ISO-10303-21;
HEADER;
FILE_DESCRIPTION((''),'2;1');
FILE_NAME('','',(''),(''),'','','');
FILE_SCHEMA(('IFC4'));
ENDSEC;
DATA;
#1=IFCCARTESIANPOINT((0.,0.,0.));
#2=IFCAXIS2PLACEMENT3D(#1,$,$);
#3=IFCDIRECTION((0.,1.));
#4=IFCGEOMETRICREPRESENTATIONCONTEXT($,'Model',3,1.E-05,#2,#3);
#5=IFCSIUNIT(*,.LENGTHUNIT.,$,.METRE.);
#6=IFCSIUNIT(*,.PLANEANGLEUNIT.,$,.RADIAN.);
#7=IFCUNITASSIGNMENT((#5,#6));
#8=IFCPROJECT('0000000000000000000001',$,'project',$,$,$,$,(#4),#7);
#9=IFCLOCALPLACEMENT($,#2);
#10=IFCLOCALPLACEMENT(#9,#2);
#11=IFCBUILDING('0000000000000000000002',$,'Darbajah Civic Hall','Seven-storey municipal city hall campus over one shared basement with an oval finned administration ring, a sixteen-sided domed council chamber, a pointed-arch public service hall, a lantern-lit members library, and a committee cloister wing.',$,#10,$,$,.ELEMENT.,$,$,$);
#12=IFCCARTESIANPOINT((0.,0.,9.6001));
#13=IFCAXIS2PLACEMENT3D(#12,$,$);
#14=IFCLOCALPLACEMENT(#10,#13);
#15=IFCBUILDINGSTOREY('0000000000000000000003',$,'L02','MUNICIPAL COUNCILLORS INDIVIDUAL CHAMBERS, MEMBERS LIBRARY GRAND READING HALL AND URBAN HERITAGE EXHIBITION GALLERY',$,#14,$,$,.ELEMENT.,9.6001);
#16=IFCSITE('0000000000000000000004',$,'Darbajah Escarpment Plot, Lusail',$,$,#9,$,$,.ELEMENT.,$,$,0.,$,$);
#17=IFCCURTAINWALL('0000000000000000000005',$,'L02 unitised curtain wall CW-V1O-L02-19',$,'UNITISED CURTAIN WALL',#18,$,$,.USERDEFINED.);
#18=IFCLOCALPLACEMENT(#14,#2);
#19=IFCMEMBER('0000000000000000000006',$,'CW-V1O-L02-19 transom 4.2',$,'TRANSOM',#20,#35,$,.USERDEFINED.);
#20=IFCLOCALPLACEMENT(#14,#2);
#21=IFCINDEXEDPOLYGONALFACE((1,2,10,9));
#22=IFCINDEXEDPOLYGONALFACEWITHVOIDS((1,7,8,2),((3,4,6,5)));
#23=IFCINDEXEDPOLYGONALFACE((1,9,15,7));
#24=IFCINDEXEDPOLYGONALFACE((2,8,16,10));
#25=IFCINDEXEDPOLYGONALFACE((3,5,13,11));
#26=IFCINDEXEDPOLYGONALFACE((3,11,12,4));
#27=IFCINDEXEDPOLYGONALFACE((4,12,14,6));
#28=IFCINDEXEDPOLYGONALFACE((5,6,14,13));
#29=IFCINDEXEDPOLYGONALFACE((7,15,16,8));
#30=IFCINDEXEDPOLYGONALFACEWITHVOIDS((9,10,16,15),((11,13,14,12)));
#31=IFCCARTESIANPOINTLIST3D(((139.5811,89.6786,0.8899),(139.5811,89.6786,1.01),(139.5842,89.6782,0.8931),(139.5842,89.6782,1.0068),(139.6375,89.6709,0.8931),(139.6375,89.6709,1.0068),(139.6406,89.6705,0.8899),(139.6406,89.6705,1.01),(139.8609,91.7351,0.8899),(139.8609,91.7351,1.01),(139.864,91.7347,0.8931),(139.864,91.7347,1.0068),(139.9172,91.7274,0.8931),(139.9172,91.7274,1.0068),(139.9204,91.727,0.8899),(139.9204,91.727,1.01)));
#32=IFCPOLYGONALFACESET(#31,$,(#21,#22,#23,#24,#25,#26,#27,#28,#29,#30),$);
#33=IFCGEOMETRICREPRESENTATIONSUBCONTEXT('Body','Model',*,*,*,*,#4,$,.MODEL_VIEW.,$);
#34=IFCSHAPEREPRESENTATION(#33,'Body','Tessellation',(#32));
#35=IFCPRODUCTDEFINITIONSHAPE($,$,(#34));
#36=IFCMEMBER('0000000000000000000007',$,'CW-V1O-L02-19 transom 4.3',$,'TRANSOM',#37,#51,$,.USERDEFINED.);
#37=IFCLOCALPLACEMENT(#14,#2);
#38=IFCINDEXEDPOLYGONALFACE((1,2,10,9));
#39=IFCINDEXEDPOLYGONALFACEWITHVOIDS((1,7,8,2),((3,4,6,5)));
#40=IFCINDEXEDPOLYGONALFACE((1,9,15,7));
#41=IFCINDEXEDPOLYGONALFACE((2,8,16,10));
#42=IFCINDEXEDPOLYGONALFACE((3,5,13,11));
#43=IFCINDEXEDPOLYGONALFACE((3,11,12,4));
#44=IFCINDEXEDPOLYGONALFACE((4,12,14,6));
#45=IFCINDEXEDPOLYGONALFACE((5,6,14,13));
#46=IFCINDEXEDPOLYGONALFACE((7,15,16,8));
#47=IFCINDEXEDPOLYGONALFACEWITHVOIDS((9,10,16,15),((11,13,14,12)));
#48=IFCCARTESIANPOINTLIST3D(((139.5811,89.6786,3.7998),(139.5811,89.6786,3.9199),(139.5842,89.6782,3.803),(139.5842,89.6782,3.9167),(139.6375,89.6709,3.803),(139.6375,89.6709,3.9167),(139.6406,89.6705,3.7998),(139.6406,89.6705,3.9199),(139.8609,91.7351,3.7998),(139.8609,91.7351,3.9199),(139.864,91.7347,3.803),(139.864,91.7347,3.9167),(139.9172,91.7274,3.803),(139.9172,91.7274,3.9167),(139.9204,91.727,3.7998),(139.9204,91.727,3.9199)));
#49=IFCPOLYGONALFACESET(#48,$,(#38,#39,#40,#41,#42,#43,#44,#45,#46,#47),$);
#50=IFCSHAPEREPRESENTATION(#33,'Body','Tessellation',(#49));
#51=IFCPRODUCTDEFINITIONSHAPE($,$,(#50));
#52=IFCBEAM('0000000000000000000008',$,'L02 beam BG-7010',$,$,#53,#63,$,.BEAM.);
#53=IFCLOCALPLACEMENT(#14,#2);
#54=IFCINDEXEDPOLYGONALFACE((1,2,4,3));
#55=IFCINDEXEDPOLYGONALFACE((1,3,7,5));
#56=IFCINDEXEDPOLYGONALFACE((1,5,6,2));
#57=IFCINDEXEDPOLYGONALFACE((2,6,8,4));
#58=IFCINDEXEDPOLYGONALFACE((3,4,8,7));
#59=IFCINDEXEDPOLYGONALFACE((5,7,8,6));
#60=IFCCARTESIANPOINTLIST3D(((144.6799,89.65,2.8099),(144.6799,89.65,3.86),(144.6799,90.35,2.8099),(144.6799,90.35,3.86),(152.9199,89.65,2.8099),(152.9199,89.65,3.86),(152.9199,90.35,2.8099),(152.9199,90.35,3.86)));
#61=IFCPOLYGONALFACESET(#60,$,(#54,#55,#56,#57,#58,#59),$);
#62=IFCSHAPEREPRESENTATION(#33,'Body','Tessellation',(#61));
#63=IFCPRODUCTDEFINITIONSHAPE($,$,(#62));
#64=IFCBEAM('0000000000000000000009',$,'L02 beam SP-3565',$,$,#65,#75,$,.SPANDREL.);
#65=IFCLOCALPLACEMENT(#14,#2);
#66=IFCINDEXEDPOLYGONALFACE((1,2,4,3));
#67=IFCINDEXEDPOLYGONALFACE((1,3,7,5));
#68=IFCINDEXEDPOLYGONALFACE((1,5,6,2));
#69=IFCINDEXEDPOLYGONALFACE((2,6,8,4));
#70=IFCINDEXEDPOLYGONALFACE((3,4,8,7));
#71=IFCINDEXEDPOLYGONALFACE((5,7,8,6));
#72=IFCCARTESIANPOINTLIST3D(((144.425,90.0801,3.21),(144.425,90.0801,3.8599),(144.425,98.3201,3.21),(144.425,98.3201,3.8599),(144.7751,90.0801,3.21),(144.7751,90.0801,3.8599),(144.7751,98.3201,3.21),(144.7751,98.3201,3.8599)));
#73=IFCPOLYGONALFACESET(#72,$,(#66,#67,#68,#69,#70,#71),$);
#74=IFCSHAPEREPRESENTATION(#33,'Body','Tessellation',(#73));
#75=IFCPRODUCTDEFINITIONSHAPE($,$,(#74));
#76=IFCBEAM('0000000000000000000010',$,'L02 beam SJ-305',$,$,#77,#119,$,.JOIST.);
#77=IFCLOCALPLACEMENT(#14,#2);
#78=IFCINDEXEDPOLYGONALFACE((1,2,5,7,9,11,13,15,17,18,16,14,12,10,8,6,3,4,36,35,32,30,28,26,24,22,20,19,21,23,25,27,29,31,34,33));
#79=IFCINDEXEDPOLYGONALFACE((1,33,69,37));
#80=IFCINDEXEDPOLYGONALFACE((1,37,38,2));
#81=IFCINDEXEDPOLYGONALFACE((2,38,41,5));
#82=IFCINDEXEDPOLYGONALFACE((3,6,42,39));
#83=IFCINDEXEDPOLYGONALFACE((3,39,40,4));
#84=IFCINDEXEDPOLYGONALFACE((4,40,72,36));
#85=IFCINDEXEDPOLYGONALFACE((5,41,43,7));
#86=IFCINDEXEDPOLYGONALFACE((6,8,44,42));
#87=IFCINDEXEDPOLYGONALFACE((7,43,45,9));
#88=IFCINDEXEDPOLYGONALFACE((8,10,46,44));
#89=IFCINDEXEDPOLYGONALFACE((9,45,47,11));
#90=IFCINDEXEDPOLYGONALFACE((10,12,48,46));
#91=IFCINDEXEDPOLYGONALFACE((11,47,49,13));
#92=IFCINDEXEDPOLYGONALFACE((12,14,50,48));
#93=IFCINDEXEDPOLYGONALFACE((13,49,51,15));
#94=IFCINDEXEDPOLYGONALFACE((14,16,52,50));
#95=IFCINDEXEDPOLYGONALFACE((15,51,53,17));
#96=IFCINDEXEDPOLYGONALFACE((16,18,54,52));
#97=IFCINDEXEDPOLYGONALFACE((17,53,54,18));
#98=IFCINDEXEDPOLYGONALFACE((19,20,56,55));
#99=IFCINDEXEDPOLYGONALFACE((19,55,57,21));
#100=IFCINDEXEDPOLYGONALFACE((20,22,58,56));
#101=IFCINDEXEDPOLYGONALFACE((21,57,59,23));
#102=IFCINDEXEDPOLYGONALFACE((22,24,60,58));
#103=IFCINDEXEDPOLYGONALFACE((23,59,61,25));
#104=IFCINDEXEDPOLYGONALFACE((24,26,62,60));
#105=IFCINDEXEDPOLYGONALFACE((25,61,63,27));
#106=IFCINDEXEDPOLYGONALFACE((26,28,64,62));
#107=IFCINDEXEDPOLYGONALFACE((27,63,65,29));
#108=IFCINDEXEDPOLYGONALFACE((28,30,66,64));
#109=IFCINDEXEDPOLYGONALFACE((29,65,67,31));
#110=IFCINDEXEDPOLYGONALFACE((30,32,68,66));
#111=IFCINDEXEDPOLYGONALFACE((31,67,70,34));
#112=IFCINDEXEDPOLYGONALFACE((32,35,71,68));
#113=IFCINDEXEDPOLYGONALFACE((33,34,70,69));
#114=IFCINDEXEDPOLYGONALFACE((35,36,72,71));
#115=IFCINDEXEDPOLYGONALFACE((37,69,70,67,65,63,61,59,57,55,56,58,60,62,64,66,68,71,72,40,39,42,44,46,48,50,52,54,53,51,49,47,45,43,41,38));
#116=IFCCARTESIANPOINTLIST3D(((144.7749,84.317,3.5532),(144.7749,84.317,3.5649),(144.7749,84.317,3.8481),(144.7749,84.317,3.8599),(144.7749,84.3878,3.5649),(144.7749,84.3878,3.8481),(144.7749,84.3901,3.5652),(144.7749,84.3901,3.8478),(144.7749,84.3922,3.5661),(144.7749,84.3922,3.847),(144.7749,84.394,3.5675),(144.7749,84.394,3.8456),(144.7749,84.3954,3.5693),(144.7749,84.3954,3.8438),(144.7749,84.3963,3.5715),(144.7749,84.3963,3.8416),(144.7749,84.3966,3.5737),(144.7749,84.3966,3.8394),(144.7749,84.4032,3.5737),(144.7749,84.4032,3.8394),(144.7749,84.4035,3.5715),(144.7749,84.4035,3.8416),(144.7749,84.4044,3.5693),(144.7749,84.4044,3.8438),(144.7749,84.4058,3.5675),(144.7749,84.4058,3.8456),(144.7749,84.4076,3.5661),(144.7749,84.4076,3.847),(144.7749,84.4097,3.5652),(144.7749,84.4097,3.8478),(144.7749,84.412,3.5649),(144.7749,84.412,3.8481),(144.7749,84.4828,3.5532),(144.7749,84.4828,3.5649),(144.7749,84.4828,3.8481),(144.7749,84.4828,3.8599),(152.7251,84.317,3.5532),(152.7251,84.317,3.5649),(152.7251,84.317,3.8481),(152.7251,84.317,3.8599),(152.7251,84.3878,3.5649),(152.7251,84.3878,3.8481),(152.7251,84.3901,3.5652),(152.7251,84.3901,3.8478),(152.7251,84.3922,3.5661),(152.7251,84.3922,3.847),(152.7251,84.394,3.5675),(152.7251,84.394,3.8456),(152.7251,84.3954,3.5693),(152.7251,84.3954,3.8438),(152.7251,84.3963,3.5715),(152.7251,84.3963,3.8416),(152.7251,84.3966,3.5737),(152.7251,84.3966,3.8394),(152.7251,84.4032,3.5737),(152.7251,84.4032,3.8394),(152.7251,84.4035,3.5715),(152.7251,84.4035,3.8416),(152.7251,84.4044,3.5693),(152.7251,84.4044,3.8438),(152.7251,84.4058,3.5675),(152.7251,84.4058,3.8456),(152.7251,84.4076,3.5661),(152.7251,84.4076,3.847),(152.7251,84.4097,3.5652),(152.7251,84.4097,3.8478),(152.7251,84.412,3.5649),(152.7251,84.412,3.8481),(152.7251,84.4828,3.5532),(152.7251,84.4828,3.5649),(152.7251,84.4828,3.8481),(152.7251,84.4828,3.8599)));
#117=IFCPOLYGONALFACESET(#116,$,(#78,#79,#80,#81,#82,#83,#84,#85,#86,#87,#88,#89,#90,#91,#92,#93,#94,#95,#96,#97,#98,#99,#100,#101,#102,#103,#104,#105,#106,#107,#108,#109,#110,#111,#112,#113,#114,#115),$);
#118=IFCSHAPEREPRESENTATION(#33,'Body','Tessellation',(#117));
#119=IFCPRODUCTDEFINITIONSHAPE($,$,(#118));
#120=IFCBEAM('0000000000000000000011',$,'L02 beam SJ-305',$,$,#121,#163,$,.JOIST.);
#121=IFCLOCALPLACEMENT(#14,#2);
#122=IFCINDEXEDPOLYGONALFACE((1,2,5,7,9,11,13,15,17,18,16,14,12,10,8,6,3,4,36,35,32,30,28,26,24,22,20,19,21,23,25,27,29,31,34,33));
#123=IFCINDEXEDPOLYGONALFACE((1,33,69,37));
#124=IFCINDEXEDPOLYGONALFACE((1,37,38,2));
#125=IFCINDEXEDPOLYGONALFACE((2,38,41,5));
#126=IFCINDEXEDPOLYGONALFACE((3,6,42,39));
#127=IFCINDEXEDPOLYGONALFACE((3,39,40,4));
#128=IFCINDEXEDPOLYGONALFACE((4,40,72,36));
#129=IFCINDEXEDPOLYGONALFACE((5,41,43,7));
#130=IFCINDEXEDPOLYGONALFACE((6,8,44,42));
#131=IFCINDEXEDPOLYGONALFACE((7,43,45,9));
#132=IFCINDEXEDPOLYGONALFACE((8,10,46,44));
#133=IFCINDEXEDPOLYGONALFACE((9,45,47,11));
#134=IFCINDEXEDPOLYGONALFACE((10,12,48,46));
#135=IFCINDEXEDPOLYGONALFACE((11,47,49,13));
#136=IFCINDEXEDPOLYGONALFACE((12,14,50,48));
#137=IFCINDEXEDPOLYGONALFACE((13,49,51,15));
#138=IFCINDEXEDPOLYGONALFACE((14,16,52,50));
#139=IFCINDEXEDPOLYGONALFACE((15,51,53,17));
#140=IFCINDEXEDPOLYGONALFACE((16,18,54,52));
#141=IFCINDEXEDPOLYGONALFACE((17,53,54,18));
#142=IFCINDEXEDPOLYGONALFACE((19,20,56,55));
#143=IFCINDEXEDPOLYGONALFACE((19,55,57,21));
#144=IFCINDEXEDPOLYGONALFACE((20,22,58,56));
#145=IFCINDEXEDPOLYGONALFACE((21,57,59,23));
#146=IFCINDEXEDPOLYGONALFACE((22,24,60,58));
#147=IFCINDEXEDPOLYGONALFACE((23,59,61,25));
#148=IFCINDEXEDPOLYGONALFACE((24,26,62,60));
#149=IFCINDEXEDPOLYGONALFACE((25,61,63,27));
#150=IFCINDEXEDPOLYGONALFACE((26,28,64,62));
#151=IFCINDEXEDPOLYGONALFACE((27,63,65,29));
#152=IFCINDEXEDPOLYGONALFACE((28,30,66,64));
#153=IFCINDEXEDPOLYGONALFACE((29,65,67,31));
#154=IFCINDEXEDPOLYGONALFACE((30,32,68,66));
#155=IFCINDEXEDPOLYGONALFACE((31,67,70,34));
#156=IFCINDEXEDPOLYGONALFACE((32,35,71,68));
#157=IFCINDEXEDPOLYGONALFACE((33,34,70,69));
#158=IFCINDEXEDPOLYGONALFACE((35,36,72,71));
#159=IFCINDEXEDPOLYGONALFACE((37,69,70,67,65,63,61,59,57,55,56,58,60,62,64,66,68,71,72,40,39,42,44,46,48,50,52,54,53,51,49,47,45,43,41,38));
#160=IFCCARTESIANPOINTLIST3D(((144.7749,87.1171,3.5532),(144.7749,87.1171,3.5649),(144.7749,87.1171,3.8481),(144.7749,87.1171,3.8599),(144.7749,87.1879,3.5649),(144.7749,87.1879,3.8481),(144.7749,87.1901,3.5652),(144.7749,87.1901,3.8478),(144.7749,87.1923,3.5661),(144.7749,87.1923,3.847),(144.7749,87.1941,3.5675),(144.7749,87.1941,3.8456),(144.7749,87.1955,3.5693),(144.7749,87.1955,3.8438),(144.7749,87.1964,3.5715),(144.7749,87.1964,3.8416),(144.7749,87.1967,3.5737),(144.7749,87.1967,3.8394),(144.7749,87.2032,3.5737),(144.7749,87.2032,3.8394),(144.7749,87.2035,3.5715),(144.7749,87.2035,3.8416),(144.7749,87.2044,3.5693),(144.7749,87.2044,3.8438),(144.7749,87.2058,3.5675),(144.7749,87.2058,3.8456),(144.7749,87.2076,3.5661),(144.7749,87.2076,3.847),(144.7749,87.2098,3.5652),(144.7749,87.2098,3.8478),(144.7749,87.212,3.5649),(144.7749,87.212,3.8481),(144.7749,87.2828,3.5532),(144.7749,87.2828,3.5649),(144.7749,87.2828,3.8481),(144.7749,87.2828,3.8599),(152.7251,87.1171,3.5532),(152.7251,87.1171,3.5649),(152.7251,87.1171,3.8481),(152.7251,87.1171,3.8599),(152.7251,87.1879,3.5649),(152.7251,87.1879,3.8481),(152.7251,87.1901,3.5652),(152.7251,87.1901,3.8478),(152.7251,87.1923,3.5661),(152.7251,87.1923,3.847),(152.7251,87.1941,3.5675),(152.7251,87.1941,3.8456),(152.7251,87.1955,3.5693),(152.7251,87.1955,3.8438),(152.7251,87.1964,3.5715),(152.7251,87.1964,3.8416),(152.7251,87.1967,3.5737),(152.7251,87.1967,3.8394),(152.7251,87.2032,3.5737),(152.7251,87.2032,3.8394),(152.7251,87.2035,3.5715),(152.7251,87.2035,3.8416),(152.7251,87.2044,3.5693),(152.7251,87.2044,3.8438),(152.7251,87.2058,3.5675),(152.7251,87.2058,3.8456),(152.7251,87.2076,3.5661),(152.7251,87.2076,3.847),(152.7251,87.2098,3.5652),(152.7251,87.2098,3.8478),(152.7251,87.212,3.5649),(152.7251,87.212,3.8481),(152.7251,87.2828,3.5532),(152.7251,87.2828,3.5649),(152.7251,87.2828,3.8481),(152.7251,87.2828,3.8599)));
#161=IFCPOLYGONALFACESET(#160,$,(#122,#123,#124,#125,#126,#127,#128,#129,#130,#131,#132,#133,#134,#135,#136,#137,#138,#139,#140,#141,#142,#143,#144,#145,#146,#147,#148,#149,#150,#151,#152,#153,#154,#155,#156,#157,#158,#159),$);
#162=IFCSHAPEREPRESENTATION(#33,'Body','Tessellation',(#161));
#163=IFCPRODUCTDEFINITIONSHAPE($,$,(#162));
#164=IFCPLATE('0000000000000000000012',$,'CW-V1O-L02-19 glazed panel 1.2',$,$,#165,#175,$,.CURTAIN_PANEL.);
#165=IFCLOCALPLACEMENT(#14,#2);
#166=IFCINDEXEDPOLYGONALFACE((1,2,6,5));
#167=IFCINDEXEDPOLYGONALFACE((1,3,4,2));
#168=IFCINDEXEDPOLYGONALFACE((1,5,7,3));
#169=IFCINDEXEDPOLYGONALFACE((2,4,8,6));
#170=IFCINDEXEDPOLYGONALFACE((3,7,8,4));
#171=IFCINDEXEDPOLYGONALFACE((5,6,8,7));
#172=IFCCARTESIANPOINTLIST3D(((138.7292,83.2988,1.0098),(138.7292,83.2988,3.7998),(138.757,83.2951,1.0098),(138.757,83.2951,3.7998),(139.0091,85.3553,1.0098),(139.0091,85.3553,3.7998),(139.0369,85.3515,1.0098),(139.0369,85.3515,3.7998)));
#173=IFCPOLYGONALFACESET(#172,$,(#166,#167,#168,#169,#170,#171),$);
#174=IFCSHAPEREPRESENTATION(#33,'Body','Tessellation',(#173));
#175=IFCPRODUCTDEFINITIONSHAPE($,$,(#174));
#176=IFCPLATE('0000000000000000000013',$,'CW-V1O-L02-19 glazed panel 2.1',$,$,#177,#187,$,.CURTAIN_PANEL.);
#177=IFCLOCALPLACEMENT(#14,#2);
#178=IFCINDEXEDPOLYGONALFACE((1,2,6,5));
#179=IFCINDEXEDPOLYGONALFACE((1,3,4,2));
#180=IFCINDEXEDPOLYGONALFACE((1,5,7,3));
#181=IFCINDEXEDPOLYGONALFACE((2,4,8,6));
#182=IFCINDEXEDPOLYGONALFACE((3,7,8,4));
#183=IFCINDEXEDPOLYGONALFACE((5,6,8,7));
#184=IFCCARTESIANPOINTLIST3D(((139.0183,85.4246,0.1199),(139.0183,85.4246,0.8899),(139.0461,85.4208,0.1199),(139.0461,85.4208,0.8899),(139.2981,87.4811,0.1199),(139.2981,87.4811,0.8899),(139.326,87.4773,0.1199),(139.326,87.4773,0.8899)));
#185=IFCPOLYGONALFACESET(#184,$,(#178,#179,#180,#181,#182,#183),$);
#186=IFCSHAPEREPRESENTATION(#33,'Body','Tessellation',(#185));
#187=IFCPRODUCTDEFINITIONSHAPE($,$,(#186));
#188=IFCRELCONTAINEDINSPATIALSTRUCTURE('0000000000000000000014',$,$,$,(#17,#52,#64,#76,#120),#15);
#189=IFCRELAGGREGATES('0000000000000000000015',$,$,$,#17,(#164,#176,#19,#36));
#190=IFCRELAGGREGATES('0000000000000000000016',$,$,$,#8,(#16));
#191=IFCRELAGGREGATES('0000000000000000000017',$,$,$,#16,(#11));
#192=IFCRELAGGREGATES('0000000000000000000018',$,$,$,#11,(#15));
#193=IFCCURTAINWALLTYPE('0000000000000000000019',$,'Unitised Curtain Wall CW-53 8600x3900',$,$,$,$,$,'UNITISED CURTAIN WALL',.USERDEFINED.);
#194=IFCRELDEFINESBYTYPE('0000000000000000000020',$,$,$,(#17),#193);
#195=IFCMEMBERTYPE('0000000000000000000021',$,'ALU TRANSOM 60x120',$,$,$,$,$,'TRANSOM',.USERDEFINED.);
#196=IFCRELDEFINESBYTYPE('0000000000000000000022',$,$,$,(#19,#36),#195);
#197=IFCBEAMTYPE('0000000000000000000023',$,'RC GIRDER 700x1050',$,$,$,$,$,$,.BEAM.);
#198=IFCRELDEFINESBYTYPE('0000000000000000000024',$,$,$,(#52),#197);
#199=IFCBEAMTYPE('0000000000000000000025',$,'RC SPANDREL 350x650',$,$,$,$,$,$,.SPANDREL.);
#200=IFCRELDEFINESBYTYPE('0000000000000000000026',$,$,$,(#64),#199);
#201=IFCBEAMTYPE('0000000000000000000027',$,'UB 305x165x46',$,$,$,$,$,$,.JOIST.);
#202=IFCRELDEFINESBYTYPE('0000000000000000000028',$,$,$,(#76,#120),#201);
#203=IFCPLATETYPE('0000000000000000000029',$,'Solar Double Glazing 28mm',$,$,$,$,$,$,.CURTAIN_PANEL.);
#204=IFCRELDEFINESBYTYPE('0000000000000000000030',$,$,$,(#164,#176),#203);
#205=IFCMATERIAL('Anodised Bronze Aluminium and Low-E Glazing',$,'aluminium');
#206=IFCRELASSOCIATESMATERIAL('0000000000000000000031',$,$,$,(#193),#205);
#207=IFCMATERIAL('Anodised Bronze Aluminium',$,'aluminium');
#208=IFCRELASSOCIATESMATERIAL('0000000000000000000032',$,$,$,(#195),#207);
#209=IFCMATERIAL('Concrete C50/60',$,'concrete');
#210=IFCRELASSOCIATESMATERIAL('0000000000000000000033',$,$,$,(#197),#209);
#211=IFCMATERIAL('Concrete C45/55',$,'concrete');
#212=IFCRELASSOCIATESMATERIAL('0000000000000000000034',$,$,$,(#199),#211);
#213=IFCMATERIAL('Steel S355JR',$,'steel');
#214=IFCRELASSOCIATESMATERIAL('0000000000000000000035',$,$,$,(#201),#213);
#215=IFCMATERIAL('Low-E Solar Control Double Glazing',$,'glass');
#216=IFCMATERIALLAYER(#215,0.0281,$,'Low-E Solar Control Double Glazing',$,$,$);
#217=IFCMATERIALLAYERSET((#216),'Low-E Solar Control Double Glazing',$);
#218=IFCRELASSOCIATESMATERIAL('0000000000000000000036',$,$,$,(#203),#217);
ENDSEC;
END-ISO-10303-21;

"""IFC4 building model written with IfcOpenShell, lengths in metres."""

from ifc_helpers import new_model, si_unit, direction, frame, origin, origin_2d, place, context, subcontext, project, spatial, rectangle, hollow_rectangle, i_section, extrude, material, layer, layer_set, material_profile, profile_set, type_object, element, aggregate, save


model = new_model("IFC4")

# Units and contexts
model_context = context("Model", 3, precision=1e-05, world=origin(), true_north=direction((0.0, 1.0)))
body_context = subcontext(model_context, "Body", "Model", "MODEL_VIEW")
ifc_project = project(units=[si_unit("LENGTHUNIT", "METRE"), si_unit("PLANEANGLEUNIT", "RADIAN")], contexts=[model_context])

# Site, building, storey
site_placement = place(None, origin())
site = spatial("IfcSite", under=ifc_project, at=site_placement, Name="Darbajah Escarpment Plot, Lusail", CompositionType="ELEMENT", RefElevation=0.0)
building_placement = place(site_placement, origin())
building = spatial("IfcBuilding", under=site, at=building_placement, Name="Darbajah Civic Hall", Description="Seven-storey municipal city hall campus over one shared basement with an oval finned administration ring, a sixteen-sided domed council chamber, a pointed-arch public service hall, a lantern-lit members library, and a committee cloister wing.", CompositionType="ELEMENT")
storey_placement = place(building_placement, frame((0.0, 0.0, 9.6001)))
storey = spatial("IfcBuildingStorey", under=building, at=storey_placement, Name="L02", Description="MUNICIPAL COUNCILLORS INDIVIDUAL CHAMBERS, MEMBERS LIBRARY GRAND READING HALL AND URBAN HERITAGE EXHIBITION GALLERY", CompositionType="ELEMENT", Elevation=9.6001)

# Shared definitions
ifc_material_1 = material(Name="Concrete C45/55", Category="concrete")

# Curtain wall, members
ifc_material_2 = material(Name="Anodised Bronze Aluminium and Low-E Glazing", Category="aluminium")
curtain_wall_type = type_object("IfcCurtainWallType", Name="Unitised Curtain Wall CW-53 8600x3900", ElementType="UNITISED CURTAIN WALL", PredefinedType="USERDEFINED", material=ifc_material_2)
curtain_wall_placement = place(storey_placement, origin())
curtain_wall = element("IfcCurtainWall", 1, at=curtain_wall_placement, inside=storey, type_object=curtain_wall_type, Name="L02 unitised curtain wall CW-V1O-L02-19", ObjectType="UNITISED CURTAIN WALL", PredefinedType="USERDEFINED")
ifc_material_3 = material(Name="Anodised Bronze Aluminium", Category="aluminium")
ifc_material_profile_1 = material_profile(ifc_material_3, hollow_rectangle(XDim=0.0601, YDim=0.1201, WallThickness=0.0032, at=origin_2d()), Name="ALU TRANSOM 60x120")
ifc_profile_set_1 = profile_set([ifc_material_profile_1], Name="Anodised Bronze Aluminium")
member_type_1 = type_object("IfcMemberType", Name="ALU TRANSOM 60x120", ElementType="TRANSOM", PredefinedType="USERDEFINED", material=ifc_profile_set_1)
member_1_placement = place(storey_placement, frame((139.6108, 89.6746, 0.95), z_axis=(0.134814, 0.990871, 0.0), x_axis=(-0.990871, 0.134814, 0.0)))
member_1 = element("IfcMember", 2, at=member_1_placement, type_object=member_type_1, Name="CW-V1O-L02-19 transom 4.2", ObjectType="TRANSOM", PredefinedType="USERDEFINED", context=body_context, shape_type="SweptSolid", body=[
    extrude(hollow_rectangle(XDim=0.0601, YDim=0.1201, WallThickness=0.0032, at=origin_2d()), origin(), (0.0, 0.0, 1.0), 2.0754),
])
member_2_placement = place(storey_placement, frame((139.6108, 89.6746, 3.8599), z_axis=(0.134814, 0.990871, 0.0), x_axis=(-0.990871, 0.134814, 0.0)))
member_2 = element("IfcMember", 3, at=member_2_placement, type_object=member_type_1, Name="CW-V1O-L02-19 transom 4.3", ObjectType="TRANSOM", PredefinedType="USERDEFINED", context=body_context, shape_type="SweptSolid", body=[
    extrude(hollow_rectangle(XDim=0.0601, YDim=0.1201, WallThickness=0.0032, at=origin_2d()), origin(), (0.0, 0.0, 1.0), 2.0754),
])

# Beams
ifc_material_4 = material(Name="Concrete C50/60", Category="concrete")
ifc_material_profile_2 = material_profile(ifc_material_4, rectangle(XDim=0.7, YDim=1.05, at=origin_2d()), Name="RC GIRDER 700x1050")
ifc_profile_set_2 = profile_set([ifc_material_profile_2], Name="Concrete C50/60")
beam_type_1 = type_object("IfcBeamType", Name="RC GIRDER 700x1050", PredefinedType="BEAM", material=ifc_profile_set_2)
beam_1_placement = place(storey_placement, frame((144.6799, 90.0, 3.335), z_axis=(1.0, 0.0, 0.0), x_axis=(0.0, 1.0, 0.0)))
element("IfcBeam", 4, at=beam_1_placement, inside=storey, type_object=beam_type_1, Name="L02 beam BG-7010", PredefinedType="BEAM", context=body_context, shape_type="SweptSolid", body=[
    extrude(rectangle(XDim=0.7, YDim=1.05, at=origin_2d()), origin(), (0.0, 0.0, 1.0), 8.24),
])
ifc_material_profile_3 = material_profile(ifc_material_1, rectangle(XDim=0.3501, YDim=0.6499, at=origin_2d()), Name="RC SPANDREL 350x650")
ifc_profile_set_3 = profile_set([ifc_material_profile_3], Name="Concrete C45/55")
beam_type_2 = type_object("IfcBeamType", Name="RC SPANDREL 350x650", PredefinedType="SPANDREL", material=ifc_profile_set_3)
beam_2_placement = place(storey_placement, frame((144.6001, 90.0801, 3.5349), z_axis=(0.0, 1.0, 0.0), x_axis=(-1.0, 0.0, 0.0)))
element("IfcBeam", 5, at=beam_2_placement, inside=storey, type_object=beam_type_2, Name="L02 beam SP-3565", PredefinedType="SPANDREL", context=body_context, shape_type="SweptSolid", body=[
    extrude(rectangle(XDim=0.3501, YDim=0.6499, at=origin_2d()), origin(), (0.0, 0.0, 1.0), 8.24),
])
ifc_material_5 = material(Name="Steel S355JR", Category="steel")
ifc_material_profile_4 = material_profile(ifc_material_5, i_section(OverallWidth=0.1658, OverallDepth=0.3066, WebThickness=0.0066, FlangeThickness=0.0117, FilletRadius=0.0088, at=origin_2d()), Name="UB 305x165x46")
ifc_profile_set_4 = profile_set([ifc_material_profile_4], Name="Steel S355JR")
beam_type_3 = type_object("IfcBeamType", Name="UB 305x165x46", PredefinedType="JOIST", material=ifc_profile_set_4)
for number, where, z_axis, x_axis, name in (
    (6, (144.7749, 84.3999, 3.7065), (1.0, 0.0, 0.0), (0.0, 1.0, 0.0), "L02 beam SJ-305"),
    (7, (144.7749, 87.2, 3.7065), (1.0, 0.0, 0.0), (0.0, 1.0, 0.0), "L02 beam SJ-305"),
):
    element("IfcBeam", number, at=place(storey_placement, frame(where, z_axis=z_axis, x_axis=x_axis)), inside=storey, type_object=beam_type_3, Name=name, PredefinedType="JOIST", context=body_context, shape_type="SweptSolid", body=[
        extrude(i_section(OverallWidth=0.1658, OverallDepth=0.3066, WebThickness=0.0066, FlangeThickness=0.0117, FilletRadius=0.0088, at=origin_2d()), origin(), (0.0, 0.0, 1.0), 7.9502),
    ])

# Plates
ifc_material_6 = material(Name="Low-E Solar Control Double Glazing", Category="glass")
ifc_layer_1 = layer(ifc_material_6, 0.0281, Name="Low-E Solar Control Double Glazing")
ifc_layer_set_1 = layer_set([ifc_layer_1], Name="Low-E Solar Control Double Glazing")
plate_type = type_object("IfcPlateType", Name="Solar Double Glazing 28mm", PredefinedType="CURTAIN_PANEL", material=ifc_layer_set_1)
plate_1_placement = place(storey_placement, frame((138.8831, 84.3252, 1.0098), z_axis=(0.0, 0.0, 1.0), x_axis=(0.134851, 0.990866, 0.0)))
plate_1 = element("IfcPlate", 8, at=plate_1_placement, type_object=plate_type, Name="CW-V1O-L02-19 glazed panel 1.2", PredefinedType="CURTAIN_PANEL", context=body_context, shape_type="SweptSolid", body=[
    extrude(rectangle(XDim=2.0754, YDim=0.0281, at=origin_2d()), origin(), (0.0, 0.0, 1.0), 2.79),
])
plate_2_placement = place(storey_placement, frame((139.1721, 86.4509, 0.1199), z_axis=(0.0, 0.0, 1.0), x_axis=(0.134851, 0.990866, 0.0)))
plate_2 = element("IfcPlate", 9, at=plate_2_placement, type_object=plate_type, Name="CW-V1O-L02-19 glazed panel 2.1", PredefinedType="CURTAIN_PANEL", context=body_context, shape_type="SweptSolid", body=[
    extrude(rectangle(XDim=2.0754, YDim=0.0281, at=origin_2d()), origin(), (0.0, 0.0, 1.0), 0.77),
])
aggregate(curtain_wall, [plate_1, plate_2, member_1, member_2])

save(model, "model.ifc")
